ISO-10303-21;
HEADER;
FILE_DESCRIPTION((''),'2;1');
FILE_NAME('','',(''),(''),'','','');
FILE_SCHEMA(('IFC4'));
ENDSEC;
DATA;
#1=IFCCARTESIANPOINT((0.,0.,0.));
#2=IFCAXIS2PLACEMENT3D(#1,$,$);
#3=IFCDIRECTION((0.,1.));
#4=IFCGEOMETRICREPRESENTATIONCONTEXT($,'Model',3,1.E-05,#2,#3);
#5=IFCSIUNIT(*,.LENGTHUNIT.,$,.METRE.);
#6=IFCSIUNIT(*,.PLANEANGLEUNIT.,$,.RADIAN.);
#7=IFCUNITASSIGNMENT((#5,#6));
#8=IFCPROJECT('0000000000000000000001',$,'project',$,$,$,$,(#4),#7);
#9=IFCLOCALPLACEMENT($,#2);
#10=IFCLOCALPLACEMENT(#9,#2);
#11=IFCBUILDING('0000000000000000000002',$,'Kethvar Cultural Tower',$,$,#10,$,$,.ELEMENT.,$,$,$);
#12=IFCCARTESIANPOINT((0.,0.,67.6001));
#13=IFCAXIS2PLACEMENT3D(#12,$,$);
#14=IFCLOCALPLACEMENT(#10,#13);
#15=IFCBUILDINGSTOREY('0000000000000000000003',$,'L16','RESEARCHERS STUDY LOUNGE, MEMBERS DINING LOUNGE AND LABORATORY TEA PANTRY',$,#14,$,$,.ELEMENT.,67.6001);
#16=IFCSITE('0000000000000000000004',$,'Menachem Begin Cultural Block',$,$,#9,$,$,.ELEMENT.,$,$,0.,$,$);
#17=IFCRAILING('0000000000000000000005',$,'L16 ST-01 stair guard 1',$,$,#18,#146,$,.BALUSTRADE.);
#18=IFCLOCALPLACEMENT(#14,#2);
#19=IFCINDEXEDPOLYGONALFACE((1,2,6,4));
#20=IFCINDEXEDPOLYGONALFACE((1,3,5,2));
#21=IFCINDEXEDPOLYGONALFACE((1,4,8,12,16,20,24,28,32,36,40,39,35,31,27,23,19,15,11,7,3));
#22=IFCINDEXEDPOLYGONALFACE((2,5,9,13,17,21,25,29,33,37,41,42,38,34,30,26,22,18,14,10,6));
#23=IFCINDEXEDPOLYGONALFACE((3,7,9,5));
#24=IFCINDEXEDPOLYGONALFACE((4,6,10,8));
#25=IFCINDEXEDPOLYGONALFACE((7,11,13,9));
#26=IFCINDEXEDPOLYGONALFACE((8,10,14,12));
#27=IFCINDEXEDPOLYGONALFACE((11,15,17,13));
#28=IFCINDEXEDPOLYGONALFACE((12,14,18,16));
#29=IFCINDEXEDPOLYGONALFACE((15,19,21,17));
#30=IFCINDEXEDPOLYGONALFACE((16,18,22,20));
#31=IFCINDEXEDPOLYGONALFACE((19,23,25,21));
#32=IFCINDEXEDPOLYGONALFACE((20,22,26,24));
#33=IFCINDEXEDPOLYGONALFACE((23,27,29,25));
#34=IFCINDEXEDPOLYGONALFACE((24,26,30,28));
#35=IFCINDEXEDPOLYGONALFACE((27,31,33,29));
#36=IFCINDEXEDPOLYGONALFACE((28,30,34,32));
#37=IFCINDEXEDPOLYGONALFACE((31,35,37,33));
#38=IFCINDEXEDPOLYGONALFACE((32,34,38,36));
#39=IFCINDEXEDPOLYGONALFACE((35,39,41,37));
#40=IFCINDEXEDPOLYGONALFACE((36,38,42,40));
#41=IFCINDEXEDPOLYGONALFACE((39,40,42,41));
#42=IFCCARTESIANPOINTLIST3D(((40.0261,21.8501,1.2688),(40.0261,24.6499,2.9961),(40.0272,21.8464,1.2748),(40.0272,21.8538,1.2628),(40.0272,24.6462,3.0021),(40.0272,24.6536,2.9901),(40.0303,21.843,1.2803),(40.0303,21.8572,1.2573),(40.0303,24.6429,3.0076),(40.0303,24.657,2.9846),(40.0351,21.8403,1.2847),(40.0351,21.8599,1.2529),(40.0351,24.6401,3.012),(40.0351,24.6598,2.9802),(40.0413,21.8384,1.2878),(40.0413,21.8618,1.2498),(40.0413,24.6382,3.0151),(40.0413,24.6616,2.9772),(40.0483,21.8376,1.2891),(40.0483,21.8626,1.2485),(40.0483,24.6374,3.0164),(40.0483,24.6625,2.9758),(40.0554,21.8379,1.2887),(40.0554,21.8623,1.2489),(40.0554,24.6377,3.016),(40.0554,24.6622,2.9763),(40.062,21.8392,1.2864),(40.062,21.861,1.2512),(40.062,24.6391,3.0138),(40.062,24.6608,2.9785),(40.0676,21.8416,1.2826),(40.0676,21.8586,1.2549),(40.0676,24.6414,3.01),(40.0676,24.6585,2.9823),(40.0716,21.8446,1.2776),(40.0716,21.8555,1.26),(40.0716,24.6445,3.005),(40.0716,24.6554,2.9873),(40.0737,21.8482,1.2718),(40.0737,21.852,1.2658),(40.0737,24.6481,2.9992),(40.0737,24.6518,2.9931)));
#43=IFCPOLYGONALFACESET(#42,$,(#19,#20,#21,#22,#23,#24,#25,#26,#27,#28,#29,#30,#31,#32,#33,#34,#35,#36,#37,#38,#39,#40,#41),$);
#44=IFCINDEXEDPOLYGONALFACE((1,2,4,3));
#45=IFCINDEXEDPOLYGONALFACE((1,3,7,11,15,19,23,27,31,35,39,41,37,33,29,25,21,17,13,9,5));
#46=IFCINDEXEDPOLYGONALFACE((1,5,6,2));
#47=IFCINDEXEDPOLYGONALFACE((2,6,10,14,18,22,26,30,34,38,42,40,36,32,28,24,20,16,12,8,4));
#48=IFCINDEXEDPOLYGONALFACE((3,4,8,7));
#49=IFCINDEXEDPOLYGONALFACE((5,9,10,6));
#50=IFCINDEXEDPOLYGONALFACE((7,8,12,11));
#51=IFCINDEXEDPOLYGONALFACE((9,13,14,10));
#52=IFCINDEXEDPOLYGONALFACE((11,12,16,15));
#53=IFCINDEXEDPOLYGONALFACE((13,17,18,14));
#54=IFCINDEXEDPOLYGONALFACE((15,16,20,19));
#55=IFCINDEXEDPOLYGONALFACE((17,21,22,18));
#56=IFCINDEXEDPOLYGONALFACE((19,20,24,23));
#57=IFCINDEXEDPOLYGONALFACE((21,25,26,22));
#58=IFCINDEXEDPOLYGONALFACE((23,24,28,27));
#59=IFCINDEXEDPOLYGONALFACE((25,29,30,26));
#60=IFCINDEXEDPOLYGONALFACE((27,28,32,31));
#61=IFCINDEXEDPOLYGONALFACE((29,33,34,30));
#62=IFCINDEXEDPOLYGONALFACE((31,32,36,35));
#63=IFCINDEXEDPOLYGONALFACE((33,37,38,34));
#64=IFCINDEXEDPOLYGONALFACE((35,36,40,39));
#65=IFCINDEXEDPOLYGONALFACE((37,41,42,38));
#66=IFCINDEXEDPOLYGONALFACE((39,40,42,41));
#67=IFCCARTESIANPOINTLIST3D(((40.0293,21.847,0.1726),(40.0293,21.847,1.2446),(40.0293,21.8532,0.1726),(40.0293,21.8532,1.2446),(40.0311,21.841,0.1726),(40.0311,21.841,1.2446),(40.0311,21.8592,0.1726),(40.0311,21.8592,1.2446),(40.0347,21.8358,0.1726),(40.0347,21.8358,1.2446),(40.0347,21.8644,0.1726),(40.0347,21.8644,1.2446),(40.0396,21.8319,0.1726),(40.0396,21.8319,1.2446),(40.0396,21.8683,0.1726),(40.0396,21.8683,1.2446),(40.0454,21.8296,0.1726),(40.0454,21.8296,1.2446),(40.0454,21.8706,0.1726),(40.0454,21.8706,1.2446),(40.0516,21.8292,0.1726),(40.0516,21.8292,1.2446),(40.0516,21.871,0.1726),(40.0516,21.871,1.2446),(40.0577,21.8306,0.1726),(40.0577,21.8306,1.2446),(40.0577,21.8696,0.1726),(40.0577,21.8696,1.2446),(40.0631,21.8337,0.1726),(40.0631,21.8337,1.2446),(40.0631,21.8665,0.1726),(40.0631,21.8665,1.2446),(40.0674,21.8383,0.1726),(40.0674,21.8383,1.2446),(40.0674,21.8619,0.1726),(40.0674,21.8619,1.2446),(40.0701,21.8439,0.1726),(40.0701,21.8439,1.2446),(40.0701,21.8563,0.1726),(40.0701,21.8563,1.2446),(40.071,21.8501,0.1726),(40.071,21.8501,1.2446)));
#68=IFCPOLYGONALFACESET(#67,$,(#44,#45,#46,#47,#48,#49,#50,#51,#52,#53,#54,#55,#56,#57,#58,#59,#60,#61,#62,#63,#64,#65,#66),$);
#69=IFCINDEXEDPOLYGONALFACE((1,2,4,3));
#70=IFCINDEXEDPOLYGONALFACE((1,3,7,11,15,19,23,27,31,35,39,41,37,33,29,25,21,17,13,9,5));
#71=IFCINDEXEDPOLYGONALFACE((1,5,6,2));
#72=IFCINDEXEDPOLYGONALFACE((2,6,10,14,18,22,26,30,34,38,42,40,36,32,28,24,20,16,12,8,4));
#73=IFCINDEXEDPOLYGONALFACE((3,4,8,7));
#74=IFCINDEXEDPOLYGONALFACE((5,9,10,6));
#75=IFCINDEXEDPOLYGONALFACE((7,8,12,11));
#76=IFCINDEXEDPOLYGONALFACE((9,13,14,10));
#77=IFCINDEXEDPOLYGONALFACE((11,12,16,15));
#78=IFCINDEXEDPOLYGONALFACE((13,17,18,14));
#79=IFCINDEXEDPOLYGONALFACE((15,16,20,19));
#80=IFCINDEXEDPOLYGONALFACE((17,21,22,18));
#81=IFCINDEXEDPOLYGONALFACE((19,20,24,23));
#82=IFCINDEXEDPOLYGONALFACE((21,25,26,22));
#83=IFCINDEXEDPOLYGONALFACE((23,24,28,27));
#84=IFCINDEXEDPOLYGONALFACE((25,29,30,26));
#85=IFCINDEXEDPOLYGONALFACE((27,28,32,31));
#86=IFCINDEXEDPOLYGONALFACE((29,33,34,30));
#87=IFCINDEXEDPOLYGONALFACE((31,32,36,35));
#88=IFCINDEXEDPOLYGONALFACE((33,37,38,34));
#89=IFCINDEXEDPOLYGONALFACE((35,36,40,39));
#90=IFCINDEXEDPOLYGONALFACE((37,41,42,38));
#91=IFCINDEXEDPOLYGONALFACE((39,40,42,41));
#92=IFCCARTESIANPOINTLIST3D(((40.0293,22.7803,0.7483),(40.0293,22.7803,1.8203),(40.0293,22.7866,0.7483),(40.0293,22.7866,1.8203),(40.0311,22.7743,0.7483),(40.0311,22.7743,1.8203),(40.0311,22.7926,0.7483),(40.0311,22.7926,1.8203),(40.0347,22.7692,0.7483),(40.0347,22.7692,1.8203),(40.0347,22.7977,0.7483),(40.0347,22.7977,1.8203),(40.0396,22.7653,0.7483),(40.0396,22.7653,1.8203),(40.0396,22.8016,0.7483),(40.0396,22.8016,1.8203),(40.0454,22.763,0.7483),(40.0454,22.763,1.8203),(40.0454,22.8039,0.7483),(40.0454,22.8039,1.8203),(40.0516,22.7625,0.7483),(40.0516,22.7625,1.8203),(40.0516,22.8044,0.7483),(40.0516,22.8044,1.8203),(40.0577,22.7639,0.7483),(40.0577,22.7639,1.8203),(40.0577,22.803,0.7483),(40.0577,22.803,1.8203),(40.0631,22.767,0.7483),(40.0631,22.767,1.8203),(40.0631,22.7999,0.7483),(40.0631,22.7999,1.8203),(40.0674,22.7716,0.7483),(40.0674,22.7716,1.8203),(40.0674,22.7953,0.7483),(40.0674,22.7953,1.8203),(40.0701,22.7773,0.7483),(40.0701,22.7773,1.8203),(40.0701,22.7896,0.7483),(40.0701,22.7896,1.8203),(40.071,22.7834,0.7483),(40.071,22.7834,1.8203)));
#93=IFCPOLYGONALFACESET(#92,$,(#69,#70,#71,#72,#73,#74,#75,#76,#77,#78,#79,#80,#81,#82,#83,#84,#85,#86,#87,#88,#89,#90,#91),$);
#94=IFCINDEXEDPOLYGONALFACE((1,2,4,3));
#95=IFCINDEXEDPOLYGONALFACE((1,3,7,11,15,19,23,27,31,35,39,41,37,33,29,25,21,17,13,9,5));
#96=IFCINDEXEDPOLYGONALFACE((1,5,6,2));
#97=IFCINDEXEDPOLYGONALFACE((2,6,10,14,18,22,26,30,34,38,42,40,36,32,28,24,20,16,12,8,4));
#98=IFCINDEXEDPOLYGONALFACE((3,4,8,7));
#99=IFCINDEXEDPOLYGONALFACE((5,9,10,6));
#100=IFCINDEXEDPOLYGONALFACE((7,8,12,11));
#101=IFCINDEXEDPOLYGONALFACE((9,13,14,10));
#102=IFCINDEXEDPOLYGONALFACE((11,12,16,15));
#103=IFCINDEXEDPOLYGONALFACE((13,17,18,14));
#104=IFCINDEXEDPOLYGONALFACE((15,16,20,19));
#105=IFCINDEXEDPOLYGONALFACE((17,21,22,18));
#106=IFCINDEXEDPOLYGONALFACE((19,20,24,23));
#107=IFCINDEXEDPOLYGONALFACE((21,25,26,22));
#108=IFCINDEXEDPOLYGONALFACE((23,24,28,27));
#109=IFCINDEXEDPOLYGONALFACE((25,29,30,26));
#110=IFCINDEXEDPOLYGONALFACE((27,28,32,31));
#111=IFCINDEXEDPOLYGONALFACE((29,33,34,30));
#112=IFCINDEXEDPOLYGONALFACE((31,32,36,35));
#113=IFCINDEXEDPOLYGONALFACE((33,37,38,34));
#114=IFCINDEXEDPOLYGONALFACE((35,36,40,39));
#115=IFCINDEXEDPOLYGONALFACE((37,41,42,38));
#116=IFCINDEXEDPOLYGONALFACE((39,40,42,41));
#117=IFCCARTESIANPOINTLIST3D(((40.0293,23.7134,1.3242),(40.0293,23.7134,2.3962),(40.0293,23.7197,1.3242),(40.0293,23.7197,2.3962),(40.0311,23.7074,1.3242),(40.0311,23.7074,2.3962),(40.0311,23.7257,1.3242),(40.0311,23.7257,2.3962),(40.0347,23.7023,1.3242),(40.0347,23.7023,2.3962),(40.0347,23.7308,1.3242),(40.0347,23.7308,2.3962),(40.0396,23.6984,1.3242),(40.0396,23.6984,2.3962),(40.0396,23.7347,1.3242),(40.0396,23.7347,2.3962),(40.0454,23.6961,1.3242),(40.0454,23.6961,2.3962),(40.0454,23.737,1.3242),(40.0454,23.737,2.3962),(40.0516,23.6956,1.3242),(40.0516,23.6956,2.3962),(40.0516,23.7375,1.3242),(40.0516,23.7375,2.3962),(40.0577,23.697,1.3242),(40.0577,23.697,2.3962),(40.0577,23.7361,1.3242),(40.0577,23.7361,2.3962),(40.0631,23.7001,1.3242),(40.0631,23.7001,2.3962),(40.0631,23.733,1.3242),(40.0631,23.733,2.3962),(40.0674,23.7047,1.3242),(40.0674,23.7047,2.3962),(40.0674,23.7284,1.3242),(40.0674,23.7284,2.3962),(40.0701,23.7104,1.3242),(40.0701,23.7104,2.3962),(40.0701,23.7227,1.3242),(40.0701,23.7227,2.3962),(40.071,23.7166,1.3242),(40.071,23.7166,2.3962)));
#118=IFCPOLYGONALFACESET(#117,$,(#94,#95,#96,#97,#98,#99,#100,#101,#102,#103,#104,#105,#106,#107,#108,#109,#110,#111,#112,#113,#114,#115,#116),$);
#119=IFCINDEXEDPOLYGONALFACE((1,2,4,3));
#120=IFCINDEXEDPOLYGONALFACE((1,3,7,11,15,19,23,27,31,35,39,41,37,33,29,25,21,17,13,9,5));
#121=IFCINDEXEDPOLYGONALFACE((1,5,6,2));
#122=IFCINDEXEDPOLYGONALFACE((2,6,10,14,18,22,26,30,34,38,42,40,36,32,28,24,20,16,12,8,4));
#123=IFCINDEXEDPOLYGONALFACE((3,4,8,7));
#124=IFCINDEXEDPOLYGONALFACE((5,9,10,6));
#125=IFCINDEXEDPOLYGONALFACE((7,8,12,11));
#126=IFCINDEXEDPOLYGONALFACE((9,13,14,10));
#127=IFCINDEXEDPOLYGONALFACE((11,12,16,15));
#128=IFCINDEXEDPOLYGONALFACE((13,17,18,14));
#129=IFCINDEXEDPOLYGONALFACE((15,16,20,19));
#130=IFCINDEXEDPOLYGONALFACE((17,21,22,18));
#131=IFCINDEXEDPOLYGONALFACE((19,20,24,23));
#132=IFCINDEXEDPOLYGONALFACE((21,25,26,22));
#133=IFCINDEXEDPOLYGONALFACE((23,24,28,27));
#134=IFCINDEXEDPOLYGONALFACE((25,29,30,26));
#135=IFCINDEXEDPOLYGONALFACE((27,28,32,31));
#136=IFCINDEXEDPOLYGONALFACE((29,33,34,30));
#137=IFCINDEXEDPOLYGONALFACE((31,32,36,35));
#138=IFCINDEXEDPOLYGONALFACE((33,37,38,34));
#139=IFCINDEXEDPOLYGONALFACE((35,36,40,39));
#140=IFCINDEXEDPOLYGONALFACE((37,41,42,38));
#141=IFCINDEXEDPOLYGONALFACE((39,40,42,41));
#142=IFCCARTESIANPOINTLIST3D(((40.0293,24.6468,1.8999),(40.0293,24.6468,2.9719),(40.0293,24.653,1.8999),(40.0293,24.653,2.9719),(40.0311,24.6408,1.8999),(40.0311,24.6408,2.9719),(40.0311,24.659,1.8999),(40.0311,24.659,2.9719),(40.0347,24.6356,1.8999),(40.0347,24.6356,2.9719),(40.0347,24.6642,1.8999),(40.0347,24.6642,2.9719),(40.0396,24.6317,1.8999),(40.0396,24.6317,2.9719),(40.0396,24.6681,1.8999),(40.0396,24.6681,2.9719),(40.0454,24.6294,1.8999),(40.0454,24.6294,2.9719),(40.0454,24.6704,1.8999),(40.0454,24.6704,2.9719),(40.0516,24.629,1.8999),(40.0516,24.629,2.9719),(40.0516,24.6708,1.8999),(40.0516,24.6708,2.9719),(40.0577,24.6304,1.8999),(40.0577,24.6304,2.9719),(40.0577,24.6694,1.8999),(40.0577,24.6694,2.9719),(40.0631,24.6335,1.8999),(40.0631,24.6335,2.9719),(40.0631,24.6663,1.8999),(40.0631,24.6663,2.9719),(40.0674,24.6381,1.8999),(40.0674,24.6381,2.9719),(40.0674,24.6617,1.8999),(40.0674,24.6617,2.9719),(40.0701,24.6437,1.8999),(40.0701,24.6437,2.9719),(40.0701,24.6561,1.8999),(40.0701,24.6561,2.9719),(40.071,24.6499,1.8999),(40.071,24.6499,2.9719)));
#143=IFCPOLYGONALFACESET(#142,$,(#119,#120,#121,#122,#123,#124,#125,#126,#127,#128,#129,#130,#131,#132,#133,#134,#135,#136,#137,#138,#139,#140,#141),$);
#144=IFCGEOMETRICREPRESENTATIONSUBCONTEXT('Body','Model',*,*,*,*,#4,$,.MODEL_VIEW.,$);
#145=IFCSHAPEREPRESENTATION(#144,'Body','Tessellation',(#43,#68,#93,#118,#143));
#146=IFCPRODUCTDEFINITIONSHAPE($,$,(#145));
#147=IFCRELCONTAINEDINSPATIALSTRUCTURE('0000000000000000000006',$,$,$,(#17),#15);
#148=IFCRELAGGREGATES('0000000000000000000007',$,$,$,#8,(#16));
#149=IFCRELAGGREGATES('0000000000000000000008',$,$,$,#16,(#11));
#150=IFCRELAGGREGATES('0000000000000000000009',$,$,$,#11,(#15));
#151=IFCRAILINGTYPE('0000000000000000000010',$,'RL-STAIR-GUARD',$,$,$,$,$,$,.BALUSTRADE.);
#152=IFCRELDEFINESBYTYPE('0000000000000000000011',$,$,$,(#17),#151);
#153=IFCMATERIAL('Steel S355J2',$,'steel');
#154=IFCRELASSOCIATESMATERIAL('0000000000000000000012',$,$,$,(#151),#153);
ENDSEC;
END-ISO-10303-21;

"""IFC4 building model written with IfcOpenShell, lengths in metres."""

from ifc_helpers import new_model, si_unit, direction, frame, origin, origin_2d, place, context, subcontext, project, spatial, circle, extrude, material, type_object, element, save


model = new_model("IFC4")

# Units and contexts
model_context = context("Model", 3, precision=1e-05, world=origin(), true_north=direction((0.0, 1.0)))
body_context = subcontext(model_context, "Body", "Model", "MODEL_VIEW")
ifc_project = project(units=[si_unit("LENGTHUNIT", "METRE"), si_unit("PLANEANGLEUNIT", "RADIAN")], contexts=[model_context])

# Site, building, storey
site_placement = place(None, origin())
site = spatial("IfcSite", under=ifc_project, at=site_placement, Name="Menachem Begin Cultural Block", CompositionType="ELEMENT", RefElevation=0.0)
building_placement = place(site_placement, origin())
building = spatial("IfcBuilding", under=site, at=building_placement, Name="Kethvar Cultural Tower", CompositionType="ELEMENT")
storey_placement = place(building_placement, frame((0.0, 0.0, 67.6001)))
storey = spatial("IfcBuildingStorey", under=building, at=storey_placement, Name="L16", Description="RESEARCHERS STUDY LOUNGE, MEMBERS DINING LOUNGE AND LABORATORY TEA PANTRY", CompositionType="ELEMENT", Elevation=67.6001)

# Shared definitions
ifc_material_1 = material(Name="Steel S355J2", Category="steel")

# Railing
railing_type_1 = type_object("IfcRailingType", Name="RL-STAIR-GUARD", PredefinedType="BALUSTRADE", material=ifc_material_1)
railing_1_placement = place(storey_placement, frame((40.05, 21.8501, 0.1726)))
element("IfcRailing", 1, at=railing_1_placement, inside=storey, type_object=railing_type_1, Name="L16 ST-01 stair guard 1", PredefinedType="BALUSTRADE", context=body_context, shape_type="SweptSolid", body=[
    extrude(circle(Radius=0.0239, at=origin_2d()), frame((0.0, 0.0, 1.0962), z_axis=(0.0, 0.851069, 0.525054), x_axis=(-1.0, 0.0, 0.0)), (0.0, 0.0, 1.0), 3.2898),
    extrude(circle(Radius=0.021, at=origin_2d()), origin(), (0.0, 0.0, 1.0), 1.072),
    extrude(circle(Radius=0.021, at=origin_2d()), frame((0.0, 0.9333, 0.5757)), (0.0, 0.0, 1.0), 1.072),
    extrude(circle(Radius=0.021, at=origin_2d()), frame((0.0, 1.8665, 1.1516)), (0.0, 0.0, 1.0), 1.072),
    extrude(circle(Radius=0.021, at=origin_2d()), frame((0.0, 2.7998, 1.7273)), (0.0, 0.0, 1.0), 1.072),
])

save(model, "model.ifc")
